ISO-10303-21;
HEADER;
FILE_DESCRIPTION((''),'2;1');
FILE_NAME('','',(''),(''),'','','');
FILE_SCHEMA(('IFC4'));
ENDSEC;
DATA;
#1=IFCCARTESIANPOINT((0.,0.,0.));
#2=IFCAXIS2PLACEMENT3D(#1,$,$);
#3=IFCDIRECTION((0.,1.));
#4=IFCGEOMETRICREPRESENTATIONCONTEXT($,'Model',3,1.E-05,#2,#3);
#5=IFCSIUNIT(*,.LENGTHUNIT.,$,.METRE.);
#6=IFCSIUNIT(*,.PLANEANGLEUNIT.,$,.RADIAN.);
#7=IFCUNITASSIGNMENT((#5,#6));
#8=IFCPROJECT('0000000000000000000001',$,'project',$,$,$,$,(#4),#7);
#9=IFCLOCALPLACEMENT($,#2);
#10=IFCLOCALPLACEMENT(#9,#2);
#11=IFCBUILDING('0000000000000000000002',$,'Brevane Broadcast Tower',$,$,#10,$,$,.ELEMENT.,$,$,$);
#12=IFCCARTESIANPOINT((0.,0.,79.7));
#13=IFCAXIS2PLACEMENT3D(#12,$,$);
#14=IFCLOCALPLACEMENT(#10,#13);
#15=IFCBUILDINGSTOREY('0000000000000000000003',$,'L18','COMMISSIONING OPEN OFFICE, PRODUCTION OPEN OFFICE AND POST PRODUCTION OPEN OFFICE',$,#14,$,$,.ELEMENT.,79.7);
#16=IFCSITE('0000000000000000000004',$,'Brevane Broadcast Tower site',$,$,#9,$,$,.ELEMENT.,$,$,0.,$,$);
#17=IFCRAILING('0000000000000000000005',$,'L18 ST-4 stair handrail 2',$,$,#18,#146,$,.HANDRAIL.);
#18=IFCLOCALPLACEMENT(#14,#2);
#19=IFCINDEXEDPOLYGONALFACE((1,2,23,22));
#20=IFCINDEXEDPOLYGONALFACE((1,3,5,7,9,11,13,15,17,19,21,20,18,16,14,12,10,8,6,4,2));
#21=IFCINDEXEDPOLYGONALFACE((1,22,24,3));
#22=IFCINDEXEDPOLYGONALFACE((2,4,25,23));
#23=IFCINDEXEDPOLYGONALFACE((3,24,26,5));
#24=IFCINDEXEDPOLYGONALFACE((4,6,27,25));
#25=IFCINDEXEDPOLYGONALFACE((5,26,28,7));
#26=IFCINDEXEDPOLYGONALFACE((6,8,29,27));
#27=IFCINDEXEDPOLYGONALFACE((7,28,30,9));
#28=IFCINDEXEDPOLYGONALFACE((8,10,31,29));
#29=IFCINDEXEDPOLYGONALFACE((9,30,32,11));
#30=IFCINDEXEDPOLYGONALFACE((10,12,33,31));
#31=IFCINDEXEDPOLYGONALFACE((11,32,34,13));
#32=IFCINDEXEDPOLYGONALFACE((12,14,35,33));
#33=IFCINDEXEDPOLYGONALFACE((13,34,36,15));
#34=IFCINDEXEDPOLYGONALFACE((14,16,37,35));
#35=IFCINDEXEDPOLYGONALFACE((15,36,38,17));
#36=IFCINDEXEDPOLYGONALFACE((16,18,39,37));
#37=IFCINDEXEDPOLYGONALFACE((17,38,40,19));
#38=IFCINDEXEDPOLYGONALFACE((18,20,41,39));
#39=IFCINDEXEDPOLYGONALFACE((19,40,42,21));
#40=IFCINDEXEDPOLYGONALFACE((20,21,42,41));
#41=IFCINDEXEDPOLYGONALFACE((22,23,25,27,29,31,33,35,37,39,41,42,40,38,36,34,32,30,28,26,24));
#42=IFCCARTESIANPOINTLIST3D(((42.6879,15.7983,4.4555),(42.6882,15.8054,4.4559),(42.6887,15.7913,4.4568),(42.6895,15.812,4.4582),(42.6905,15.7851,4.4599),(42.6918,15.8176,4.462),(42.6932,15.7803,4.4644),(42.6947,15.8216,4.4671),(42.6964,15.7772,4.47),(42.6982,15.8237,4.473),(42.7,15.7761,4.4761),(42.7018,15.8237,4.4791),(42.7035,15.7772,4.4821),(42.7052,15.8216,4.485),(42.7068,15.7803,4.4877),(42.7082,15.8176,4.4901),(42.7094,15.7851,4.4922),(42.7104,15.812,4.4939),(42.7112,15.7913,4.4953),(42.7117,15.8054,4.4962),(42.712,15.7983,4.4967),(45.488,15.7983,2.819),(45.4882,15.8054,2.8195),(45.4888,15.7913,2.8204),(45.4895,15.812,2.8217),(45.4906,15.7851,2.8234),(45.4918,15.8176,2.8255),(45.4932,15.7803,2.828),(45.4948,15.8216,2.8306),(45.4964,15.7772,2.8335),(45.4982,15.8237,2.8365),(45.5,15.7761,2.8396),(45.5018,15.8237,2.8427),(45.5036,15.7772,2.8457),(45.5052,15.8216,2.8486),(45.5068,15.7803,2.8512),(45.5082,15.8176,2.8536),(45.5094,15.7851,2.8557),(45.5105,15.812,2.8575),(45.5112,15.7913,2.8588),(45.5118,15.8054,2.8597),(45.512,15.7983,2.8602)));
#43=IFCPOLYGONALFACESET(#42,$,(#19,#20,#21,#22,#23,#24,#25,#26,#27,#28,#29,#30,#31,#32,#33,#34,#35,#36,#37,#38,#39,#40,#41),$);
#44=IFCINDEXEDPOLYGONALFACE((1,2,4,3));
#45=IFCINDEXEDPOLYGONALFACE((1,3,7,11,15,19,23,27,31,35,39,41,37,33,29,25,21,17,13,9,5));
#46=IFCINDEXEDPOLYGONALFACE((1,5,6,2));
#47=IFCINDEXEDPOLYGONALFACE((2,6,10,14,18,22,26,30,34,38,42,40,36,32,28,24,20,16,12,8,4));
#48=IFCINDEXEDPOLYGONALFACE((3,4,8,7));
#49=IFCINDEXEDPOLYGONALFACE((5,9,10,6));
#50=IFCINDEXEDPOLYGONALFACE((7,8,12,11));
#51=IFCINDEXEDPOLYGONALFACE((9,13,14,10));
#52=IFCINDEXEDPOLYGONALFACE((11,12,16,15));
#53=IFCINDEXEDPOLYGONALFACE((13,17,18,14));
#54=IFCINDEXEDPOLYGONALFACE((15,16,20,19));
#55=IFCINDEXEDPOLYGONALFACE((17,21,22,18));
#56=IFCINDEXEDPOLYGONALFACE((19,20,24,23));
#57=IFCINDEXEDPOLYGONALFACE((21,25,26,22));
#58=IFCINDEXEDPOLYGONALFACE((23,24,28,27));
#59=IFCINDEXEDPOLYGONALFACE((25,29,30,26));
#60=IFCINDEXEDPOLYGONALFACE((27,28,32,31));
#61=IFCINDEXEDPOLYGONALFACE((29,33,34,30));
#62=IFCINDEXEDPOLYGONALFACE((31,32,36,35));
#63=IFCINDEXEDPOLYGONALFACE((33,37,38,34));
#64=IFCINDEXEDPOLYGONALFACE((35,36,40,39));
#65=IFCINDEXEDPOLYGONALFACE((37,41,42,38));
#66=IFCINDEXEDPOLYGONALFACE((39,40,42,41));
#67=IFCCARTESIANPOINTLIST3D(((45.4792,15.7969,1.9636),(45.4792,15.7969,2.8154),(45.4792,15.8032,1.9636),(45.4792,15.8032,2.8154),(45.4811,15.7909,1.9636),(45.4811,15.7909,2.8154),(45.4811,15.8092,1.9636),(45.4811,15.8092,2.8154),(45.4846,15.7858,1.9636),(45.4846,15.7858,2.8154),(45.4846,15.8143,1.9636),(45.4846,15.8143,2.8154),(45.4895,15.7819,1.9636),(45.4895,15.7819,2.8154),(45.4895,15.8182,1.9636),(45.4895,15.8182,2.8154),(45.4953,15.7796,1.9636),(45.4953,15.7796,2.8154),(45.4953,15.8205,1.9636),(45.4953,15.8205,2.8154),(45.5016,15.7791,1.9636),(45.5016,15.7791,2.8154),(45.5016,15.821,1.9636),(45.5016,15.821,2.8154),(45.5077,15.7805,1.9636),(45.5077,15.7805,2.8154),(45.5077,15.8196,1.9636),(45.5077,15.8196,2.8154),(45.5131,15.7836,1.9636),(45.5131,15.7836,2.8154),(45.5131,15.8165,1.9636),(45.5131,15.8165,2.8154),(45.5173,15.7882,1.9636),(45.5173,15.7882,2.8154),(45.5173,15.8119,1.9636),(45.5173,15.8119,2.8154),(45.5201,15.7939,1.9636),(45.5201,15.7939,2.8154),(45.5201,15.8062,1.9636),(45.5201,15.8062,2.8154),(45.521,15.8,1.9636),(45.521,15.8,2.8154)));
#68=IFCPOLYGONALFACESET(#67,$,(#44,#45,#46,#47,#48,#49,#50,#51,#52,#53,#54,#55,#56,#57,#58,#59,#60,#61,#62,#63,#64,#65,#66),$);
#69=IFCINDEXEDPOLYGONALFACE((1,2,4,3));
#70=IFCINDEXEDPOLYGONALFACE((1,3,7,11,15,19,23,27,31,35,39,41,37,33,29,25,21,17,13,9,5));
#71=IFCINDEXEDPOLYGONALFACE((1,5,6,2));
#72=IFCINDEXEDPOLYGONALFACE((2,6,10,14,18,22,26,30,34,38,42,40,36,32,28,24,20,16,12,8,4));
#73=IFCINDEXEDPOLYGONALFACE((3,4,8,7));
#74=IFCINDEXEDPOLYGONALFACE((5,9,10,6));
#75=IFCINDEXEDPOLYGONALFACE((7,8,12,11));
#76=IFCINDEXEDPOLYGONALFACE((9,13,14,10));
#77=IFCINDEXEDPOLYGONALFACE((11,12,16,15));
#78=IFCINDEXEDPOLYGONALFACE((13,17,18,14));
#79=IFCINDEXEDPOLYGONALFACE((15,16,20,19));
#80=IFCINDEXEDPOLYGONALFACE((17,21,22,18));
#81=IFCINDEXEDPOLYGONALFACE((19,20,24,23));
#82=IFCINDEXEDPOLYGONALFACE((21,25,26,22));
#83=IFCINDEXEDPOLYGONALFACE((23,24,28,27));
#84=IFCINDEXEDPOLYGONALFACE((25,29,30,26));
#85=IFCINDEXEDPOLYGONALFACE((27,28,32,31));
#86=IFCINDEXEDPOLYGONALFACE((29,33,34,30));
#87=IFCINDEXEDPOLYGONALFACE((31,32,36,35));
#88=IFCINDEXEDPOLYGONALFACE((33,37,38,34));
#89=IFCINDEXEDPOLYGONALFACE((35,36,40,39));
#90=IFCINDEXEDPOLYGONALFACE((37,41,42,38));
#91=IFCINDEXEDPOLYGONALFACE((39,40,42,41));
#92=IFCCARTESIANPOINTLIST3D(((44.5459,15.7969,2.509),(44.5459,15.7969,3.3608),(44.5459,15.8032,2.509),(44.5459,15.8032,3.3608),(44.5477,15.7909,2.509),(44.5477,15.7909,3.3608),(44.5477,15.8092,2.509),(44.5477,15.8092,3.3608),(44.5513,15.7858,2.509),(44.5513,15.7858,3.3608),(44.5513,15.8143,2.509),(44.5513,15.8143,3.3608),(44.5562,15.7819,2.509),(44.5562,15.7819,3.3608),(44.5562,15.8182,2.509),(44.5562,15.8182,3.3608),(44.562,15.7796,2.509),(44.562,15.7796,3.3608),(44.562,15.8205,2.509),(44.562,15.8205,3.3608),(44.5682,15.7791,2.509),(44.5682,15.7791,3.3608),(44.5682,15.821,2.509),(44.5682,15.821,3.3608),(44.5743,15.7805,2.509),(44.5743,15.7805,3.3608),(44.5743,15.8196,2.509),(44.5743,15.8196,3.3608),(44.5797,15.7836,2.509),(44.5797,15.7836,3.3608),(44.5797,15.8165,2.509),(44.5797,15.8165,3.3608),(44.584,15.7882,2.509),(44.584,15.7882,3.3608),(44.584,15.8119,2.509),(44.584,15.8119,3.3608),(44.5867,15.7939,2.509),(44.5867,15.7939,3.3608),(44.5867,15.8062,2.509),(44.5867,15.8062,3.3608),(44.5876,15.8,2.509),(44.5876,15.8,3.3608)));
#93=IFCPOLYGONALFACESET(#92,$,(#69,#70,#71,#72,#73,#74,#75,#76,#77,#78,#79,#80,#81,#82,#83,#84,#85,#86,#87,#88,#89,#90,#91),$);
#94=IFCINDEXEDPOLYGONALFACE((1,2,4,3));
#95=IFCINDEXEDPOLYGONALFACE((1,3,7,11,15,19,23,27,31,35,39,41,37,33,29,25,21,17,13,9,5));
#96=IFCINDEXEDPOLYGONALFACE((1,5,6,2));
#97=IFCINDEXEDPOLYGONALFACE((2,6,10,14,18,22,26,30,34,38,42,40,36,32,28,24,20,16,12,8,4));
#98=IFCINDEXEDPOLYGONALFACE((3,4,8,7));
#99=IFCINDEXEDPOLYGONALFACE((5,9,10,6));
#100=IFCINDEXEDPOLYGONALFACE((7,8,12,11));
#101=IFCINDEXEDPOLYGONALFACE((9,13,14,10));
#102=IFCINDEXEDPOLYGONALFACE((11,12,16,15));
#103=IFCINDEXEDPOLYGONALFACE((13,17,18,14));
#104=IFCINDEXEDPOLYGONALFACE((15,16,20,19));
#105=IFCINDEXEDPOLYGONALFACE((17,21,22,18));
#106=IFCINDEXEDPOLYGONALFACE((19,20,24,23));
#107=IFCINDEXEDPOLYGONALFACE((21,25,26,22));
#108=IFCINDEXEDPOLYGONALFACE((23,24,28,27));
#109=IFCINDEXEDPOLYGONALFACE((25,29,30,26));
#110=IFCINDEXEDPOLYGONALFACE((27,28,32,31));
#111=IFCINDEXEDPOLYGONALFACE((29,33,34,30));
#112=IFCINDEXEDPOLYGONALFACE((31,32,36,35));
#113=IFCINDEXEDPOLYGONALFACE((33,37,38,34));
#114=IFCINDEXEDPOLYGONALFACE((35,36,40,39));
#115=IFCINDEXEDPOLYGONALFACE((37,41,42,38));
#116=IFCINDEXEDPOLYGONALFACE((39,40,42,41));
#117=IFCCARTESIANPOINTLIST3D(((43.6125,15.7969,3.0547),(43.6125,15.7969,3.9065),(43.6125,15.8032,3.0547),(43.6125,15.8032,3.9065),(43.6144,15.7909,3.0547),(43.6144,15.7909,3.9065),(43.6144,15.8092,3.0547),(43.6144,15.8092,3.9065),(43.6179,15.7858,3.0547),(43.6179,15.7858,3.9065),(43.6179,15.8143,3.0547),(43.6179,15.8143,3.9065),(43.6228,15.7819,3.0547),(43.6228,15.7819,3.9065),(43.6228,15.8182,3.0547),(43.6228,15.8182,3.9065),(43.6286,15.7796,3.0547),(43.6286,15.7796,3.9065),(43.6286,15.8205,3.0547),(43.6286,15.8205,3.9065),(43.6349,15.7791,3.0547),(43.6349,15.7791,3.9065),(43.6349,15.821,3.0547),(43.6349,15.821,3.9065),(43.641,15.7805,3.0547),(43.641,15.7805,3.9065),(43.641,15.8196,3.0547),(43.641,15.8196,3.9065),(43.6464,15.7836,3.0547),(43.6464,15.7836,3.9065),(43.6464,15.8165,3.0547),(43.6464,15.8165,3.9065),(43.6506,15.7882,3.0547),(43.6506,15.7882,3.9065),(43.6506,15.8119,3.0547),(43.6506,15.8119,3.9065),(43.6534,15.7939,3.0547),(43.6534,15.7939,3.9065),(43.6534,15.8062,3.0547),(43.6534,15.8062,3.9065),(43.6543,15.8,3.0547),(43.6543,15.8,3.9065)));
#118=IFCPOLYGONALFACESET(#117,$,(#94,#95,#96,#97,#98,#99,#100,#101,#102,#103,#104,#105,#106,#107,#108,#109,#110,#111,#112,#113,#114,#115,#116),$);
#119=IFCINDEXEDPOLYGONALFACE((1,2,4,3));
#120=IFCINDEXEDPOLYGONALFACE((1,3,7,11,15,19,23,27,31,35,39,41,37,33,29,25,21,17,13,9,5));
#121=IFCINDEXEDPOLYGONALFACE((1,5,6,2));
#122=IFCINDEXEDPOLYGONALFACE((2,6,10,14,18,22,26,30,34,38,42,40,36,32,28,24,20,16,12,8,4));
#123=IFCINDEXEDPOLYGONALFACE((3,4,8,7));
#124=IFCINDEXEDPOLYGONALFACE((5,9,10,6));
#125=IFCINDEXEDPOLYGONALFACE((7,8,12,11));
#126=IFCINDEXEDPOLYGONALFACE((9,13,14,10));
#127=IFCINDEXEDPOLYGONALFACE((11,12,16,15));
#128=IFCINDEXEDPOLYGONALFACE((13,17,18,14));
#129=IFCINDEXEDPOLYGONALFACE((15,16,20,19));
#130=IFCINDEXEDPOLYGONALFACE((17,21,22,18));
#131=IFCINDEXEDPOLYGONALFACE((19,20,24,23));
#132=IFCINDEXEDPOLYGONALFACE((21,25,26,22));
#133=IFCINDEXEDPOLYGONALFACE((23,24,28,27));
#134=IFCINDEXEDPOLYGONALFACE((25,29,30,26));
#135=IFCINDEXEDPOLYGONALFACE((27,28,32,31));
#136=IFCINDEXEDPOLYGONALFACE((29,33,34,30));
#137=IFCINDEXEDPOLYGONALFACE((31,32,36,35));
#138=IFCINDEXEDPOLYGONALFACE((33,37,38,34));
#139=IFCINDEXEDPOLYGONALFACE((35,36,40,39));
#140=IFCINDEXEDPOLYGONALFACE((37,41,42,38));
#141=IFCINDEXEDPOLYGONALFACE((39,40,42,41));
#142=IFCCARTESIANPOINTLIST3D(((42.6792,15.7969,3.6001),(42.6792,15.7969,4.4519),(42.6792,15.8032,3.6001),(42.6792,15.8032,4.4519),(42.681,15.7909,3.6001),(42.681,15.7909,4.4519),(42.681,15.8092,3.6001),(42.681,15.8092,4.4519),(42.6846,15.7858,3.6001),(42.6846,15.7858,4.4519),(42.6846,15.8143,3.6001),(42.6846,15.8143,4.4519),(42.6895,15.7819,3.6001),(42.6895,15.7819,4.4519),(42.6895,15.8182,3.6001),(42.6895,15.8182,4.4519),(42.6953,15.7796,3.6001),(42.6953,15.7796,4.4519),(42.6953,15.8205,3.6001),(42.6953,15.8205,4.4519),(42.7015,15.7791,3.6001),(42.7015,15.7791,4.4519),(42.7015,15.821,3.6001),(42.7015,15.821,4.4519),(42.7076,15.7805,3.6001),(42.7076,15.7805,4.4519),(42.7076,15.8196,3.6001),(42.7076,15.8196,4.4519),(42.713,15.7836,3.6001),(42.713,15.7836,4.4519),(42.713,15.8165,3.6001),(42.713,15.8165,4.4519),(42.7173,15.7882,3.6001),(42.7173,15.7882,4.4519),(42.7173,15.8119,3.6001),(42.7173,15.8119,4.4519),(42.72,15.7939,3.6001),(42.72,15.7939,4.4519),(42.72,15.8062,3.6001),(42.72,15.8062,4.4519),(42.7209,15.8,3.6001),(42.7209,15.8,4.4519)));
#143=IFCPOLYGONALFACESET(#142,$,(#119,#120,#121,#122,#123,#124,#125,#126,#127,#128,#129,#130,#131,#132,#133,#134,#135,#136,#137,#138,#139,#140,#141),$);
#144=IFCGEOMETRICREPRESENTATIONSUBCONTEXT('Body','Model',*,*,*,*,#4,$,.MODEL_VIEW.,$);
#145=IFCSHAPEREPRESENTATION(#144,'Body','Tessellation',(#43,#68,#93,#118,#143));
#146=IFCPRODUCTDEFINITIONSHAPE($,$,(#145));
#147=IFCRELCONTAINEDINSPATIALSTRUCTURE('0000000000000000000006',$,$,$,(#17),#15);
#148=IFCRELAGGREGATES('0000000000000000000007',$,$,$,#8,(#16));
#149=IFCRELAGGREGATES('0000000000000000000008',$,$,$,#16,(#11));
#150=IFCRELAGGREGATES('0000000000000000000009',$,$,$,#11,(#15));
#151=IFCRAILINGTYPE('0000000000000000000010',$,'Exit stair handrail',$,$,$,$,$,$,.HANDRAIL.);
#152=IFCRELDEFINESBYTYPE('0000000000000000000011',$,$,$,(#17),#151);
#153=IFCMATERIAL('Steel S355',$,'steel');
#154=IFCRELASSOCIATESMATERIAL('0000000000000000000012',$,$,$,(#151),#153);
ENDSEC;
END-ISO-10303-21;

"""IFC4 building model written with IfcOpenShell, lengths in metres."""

from ifc_helpers import new_model, si_unit, direction, frame, origin, origin_2d, place, context, subcontext, project, spatial, circle, extrude, material, type_object, element, save


model = new_model("IFC4")

# Units and contexts
model_context = context("Model", 3, precision=1e-05, world=origin(), true_north=direction((0.0, 1.0)))
body_context = subcontext(model_context, "Body", "Model", "MODEL_VIEW")
ifc_project = project(units=[si_unit("LENGTHUNIT", "METRE"), si_unit("PLANEANGLEUNIT", "RADIAN")], contexts=[model_context])

# Site, building, storey
site_placement = place(None, origin())
site = spatial("IfcSite", under=ifc_project, at=site_placement, Name="Brevane Broadcast Tower site", CompositionType="ELEMENT", RefElevation=0.0)
building_placement = place(site_placement, origin())
building = spatial("IfcBuilding", under=site, at=building_placement, Name="Brevane Broadcast Tower", CompositionType="ELEMENT")
storey_placement = place(building_placement, frame((0.0, 0.0, 79.7)))
storey = spatial("IfcBuildingStorey", under=building, at=storey_placement, Name="L18", Description="COMMISSIONING OPEN OFFICE, PRODUCTION OPEN OFFICE AND POST PRODUCTION OPEN OFFICE", CompositionType="ELEMENT", Elevation=79.7)

# Railing
ifc_material_1 = material(Name="Steel S355", Category="steel")
railing_type_1 = type_object("IfcRailingType", Name="Exit stair handrail", PredefinedType="HANDRAIL", material=ifc_material_1)
railing_1_placement = place(storey_placement, frame((45.5, 15.8, 1.9636)))
element("IfcRailing", 1, at=railing_1_placement, inside=storey, type_object=railing_type_1, Name="L18 ST-4 stair handrail 2", PredefinedType="HANDRAIL", context=body_context, shape_type="SweptSolid", body=[
    extrude(circle(Radius=0.0239, at=origin_2d()), frame((0.0, 0.0, 0.876), z_axis=(-0.863361, 0.0, 0.504587), x_axis=(0.0, -1.0, 0.0)), (0.0, 0.0, 1.0), 3.2432),
    extrude(circle(Radius=0.021, at=origin_2d()), origin(), (0.0, 0.0, 1.0), 0.8518),
    extrude(circle(Radius=0.021, at=origin_2d()), frame((-0.9333, 0.0, 0.5454)), (0.0, 0.0, 1.0), 0.8518),
    extrude(circle(Radius=0.021, at=origin_2d()), frame((-1.8667, 0.0, 1.0911)), (0.0, 0.0, 1.0), 0.8518),
    extrude(circle(Radius=0.021, at=origin_2d()), frame((-2.8, 0.0, 1.6365)), (0.0, 0.0, 1.0), 0.8518),
])

save(model, "model.ifc")
